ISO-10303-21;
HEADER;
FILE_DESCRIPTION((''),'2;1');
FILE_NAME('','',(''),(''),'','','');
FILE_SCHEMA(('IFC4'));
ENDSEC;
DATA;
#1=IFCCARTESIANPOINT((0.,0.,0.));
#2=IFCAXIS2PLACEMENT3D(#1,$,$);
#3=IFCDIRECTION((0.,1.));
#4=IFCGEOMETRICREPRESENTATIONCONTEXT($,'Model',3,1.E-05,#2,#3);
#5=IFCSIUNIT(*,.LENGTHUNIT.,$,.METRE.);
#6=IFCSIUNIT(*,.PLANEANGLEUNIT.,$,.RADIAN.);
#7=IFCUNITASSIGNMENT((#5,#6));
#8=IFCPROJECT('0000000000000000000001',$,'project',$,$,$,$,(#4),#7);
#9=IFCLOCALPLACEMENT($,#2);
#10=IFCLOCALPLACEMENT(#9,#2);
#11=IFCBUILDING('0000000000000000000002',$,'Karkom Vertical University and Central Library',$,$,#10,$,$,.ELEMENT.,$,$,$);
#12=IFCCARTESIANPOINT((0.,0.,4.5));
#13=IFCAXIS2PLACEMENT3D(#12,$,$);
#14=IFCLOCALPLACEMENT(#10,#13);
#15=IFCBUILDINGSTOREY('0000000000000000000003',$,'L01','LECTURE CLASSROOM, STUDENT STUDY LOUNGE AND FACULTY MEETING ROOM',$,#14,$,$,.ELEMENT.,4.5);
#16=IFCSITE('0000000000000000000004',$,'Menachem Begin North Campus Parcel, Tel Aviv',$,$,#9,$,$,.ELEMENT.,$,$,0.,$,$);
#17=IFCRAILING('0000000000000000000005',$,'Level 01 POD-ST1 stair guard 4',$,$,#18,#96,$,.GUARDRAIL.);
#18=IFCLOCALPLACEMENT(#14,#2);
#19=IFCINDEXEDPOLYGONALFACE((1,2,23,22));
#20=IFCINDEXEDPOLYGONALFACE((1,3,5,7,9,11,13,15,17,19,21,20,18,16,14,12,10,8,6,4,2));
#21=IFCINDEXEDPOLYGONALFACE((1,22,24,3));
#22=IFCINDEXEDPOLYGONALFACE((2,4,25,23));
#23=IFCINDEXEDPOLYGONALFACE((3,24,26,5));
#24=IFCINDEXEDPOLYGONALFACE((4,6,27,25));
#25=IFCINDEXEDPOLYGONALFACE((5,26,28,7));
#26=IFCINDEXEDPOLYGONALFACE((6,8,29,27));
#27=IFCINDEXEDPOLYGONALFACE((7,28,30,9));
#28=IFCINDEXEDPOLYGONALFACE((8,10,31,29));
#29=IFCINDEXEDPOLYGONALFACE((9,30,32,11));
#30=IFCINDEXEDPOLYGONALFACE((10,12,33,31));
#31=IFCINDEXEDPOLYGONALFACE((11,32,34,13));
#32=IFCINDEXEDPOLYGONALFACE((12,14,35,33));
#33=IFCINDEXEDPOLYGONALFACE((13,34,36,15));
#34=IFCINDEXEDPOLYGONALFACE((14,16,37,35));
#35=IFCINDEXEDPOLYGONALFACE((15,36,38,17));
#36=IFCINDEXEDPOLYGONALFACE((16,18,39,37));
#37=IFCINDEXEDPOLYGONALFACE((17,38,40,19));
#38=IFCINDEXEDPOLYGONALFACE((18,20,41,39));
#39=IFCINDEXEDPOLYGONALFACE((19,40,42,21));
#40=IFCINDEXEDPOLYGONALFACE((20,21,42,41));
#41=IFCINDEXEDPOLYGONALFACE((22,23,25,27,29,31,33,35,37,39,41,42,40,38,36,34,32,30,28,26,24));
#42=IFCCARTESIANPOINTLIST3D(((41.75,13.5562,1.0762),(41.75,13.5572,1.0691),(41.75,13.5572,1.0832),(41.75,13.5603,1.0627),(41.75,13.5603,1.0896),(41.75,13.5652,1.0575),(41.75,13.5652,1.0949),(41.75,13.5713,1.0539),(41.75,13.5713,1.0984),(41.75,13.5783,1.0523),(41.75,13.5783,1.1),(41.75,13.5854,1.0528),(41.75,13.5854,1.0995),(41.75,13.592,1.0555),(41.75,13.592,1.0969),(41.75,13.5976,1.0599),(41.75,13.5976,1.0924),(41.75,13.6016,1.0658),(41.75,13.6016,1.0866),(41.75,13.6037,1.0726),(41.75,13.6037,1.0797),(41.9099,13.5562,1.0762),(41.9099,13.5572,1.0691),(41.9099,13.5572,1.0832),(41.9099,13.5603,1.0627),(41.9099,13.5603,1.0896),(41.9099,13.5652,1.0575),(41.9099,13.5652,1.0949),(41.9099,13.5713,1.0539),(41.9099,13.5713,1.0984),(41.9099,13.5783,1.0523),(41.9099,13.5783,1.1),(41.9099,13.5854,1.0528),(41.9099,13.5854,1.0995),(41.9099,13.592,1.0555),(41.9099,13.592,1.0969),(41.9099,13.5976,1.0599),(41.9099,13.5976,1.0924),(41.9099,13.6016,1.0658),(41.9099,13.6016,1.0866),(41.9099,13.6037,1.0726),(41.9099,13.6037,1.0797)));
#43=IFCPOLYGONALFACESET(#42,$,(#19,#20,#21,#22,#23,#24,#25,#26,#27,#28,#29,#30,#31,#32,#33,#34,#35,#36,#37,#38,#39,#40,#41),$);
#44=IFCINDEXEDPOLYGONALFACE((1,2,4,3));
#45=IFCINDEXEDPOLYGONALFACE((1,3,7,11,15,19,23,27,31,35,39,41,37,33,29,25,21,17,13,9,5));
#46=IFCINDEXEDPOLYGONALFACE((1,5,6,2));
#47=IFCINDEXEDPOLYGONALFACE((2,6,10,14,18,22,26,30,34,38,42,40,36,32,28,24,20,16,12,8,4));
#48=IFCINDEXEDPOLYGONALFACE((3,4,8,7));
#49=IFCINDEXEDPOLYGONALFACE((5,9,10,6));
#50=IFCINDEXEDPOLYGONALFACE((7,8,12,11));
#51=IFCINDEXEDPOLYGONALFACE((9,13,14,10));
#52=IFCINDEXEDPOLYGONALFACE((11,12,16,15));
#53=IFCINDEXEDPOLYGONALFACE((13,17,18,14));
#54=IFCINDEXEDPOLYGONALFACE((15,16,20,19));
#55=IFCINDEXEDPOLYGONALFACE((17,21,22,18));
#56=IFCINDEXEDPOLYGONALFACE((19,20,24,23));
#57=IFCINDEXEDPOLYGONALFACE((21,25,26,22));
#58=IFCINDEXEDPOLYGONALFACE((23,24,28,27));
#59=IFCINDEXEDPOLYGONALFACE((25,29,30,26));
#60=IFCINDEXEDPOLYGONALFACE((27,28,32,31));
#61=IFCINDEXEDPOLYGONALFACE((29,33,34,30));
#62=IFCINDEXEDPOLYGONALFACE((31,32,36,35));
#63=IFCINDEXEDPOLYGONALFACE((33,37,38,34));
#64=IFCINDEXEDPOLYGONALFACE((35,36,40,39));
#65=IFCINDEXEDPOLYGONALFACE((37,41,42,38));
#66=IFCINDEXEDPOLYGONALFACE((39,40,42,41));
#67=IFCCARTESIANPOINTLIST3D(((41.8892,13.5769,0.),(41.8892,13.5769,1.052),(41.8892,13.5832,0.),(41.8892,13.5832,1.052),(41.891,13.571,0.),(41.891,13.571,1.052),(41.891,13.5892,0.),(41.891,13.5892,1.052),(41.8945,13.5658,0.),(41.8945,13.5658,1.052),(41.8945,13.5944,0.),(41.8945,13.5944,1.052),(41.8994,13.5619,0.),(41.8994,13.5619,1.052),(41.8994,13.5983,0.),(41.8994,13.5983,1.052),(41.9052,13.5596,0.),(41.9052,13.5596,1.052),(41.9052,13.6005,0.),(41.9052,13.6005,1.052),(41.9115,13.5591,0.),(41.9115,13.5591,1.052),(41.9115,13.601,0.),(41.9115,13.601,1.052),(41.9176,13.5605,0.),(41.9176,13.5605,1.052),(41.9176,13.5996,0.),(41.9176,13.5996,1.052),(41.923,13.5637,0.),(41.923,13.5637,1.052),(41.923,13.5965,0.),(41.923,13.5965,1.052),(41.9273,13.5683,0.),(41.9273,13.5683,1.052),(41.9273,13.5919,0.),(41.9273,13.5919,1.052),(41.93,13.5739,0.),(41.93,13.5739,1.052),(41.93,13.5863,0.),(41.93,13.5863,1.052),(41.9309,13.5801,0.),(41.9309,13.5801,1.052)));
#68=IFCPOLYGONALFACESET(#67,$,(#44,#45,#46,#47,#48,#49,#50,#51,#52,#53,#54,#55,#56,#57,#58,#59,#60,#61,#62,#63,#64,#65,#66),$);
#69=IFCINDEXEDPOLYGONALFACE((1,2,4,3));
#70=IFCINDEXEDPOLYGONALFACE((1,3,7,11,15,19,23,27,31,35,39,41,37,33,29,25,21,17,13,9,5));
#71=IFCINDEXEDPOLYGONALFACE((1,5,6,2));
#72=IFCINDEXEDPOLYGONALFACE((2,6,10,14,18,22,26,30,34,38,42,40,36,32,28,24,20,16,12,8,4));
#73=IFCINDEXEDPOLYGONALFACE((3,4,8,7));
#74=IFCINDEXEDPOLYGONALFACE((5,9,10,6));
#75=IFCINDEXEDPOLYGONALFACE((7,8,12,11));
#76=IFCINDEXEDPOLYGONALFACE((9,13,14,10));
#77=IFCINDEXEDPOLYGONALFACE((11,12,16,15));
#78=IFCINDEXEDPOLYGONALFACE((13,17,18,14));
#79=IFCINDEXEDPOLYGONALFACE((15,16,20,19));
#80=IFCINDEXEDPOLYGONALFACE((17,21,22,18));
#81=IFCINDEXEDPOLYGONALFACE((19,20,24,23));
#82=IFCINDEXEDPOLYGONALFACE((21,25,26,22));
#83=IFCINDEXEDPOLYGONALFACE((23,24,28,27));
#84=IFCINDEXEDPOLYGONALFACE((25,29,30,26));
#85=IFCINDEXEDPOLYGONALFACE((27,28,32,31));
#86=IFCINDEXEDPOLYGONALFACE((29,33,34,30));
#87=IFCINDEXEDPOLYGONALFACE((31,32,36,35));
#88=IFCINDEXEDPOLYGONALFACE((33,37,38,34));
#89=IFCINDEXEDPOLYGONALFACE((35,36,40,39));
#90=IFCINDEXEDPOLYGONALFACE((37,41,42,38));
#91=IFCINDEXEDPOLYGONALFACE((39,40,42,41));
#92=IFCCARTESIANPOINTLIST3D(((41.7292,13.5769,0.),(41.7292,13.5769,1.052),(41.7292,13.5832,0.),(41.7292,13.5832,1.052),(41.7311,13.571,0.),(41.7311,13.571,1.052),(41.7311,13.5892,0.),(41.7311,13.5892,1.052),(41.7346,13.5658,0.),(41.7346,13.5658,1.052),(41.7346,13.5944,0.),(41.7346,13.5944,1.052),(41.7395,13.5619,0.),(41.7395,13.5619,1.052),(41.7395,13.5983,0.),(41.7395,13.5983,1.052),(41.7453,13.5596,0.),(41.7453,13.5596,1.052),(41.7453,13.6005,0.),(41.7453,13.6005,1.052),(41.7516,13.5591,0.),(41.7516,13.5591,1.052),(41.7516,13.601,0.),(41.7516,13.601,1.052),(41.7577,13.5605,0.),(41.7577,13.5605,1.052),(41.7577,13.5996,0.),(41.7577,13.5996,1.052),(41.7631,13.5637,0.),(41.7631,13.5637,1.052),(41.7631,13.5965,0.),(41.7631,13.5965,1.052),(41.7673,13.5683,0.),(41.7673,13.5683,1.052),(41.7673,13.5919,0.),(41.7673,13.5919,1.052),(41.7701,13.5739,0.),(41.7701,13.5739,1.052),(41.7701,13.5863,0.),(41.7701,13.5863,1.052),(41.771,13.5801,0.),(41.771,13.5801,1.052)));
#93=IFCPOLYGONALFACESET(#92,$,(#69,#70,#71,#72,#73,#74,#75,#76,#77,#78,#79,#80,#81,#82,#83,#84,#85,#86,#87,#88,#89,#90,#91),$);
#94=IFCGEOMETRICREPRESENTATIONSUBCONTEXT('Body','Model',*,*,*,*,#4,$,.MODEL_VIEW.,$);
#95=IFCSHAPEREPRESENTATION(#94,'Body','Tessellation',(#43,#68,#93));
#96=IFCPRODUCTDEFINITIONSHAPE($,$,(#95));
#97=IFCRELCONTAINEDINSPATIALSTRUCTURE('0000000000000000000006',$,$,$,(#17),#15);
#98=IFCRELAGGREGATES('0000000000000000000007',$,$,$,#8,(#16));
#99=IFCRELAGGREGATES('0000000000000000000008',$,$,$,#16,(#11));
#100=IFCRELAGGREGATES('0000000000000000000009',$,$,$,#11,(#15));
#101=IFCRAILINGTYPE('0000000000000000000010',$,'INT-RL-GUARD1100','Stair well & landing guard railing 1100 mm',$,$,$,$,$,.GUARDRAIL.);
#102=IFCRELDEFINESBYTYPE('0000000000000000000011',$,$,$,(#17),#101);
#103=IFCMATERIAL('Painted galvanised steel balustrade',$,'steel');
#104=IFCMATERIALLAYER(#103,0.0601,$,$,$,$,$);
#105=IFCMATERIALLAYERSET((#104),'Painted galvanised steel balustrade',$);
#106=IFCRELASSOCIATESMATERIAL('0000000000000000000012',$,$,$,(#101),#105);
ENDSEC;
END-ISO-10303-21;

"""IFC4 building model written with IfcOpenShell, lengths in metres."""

from ifc_helpers import new_model, si_unit, direction, frame, origin, origin_2d, place, context, subcontext, project, spatial, circle, extrude, material, layer, layer_set, type_object, element, save


model = new_model("IFC4")

# Units and contexts
model_context = context("Model", 3, precision=1e-05, world=origin(), true_north=direction((0.0, 1.0)))
body_context = subcontext(model_context, "Body", "Model", "MODEL_VIEW")
ifc_project = project(units=[si_unit("LENGTHUNIT", "METRE"), si_unit("PLANEANGLEUNIT", "RADIAN")], contexts=[model_context])

# Site, building, storey
site_placement = place(None, origin())
site = spatial("IfcSite", under=ifc_project, at=site_placement, Name="Menachem Begin North Campus Parcel, Tel Aviv", CompositionType="ELEMENT", RefElevation=0.0)
building_placement = place(site_placement, origin())
building = spatial("IfcBuilding", under=site, at=building_placement, Name="Karkom Vertical University and Central Library", CompositionType="ELEMENT")
storey_placement = place(building_placement, frame((0.0, 0.0, 4.5)))
storey = spatial("IfcBuildingStorey", under=building, at=storey_placement, Name="L01", Description="LECTURE CLASSROOM, STUDENT STUDY LOUNGE AND FACULTY MEETING ROOM", CompositionType="ELEMENT", Elevation=4.5)

# Railing
ifc_material_1 = material(Name="Painted galvanised steel balustrade", Category="steel")
ifc_layer_1 = layer(ifc_material_1, 0.0601)
ifc_layer_set_1 = layer_set([ifc_layer_1], Name="Painted galvanised steel balustrade")
railing_type_1 = type_object("IfcRailingType", Name="INT-RL-GUARD1100", Description="Stair well & landing guard railing 1100 mm", PredefinedType="GUARDRAIL", material=ifc_layer_set_1)
railing_1_placement = place(storey_placement, frame((41.9099, 13.5801, 0.0)))
element("IfcRailing", 1, at=railing_1_placement, inside=storey, type_object=railing_type_1, Name="Level 01 POD-ST1 stair guard 4", PredefinedType="GUARDRAIL", context=body_context, shape_type="SweptSolid", body=[
    extrude(circle(Radius=0.0239, at=origin_2d()), frame((0.0, 0.0, 1.0762), z_axis=(-1.0, 0.0, 0.0), x_axis=(0.0, -1.0, 0.0)), (0.0, 0.0, 1.0), 0.1599),
    extrude(circle(Radius=0.021, at=origin_2d()), origin(), (0.0, 0.0, 1.0), 1.052),
    extrude(circle(Radius=0.021, at=origin_2d()), frame((-0.1599, 0.0, 0.0)), (0.0, 0.0, 1.0), 1.052),
])

save(model, "model.ifc")
